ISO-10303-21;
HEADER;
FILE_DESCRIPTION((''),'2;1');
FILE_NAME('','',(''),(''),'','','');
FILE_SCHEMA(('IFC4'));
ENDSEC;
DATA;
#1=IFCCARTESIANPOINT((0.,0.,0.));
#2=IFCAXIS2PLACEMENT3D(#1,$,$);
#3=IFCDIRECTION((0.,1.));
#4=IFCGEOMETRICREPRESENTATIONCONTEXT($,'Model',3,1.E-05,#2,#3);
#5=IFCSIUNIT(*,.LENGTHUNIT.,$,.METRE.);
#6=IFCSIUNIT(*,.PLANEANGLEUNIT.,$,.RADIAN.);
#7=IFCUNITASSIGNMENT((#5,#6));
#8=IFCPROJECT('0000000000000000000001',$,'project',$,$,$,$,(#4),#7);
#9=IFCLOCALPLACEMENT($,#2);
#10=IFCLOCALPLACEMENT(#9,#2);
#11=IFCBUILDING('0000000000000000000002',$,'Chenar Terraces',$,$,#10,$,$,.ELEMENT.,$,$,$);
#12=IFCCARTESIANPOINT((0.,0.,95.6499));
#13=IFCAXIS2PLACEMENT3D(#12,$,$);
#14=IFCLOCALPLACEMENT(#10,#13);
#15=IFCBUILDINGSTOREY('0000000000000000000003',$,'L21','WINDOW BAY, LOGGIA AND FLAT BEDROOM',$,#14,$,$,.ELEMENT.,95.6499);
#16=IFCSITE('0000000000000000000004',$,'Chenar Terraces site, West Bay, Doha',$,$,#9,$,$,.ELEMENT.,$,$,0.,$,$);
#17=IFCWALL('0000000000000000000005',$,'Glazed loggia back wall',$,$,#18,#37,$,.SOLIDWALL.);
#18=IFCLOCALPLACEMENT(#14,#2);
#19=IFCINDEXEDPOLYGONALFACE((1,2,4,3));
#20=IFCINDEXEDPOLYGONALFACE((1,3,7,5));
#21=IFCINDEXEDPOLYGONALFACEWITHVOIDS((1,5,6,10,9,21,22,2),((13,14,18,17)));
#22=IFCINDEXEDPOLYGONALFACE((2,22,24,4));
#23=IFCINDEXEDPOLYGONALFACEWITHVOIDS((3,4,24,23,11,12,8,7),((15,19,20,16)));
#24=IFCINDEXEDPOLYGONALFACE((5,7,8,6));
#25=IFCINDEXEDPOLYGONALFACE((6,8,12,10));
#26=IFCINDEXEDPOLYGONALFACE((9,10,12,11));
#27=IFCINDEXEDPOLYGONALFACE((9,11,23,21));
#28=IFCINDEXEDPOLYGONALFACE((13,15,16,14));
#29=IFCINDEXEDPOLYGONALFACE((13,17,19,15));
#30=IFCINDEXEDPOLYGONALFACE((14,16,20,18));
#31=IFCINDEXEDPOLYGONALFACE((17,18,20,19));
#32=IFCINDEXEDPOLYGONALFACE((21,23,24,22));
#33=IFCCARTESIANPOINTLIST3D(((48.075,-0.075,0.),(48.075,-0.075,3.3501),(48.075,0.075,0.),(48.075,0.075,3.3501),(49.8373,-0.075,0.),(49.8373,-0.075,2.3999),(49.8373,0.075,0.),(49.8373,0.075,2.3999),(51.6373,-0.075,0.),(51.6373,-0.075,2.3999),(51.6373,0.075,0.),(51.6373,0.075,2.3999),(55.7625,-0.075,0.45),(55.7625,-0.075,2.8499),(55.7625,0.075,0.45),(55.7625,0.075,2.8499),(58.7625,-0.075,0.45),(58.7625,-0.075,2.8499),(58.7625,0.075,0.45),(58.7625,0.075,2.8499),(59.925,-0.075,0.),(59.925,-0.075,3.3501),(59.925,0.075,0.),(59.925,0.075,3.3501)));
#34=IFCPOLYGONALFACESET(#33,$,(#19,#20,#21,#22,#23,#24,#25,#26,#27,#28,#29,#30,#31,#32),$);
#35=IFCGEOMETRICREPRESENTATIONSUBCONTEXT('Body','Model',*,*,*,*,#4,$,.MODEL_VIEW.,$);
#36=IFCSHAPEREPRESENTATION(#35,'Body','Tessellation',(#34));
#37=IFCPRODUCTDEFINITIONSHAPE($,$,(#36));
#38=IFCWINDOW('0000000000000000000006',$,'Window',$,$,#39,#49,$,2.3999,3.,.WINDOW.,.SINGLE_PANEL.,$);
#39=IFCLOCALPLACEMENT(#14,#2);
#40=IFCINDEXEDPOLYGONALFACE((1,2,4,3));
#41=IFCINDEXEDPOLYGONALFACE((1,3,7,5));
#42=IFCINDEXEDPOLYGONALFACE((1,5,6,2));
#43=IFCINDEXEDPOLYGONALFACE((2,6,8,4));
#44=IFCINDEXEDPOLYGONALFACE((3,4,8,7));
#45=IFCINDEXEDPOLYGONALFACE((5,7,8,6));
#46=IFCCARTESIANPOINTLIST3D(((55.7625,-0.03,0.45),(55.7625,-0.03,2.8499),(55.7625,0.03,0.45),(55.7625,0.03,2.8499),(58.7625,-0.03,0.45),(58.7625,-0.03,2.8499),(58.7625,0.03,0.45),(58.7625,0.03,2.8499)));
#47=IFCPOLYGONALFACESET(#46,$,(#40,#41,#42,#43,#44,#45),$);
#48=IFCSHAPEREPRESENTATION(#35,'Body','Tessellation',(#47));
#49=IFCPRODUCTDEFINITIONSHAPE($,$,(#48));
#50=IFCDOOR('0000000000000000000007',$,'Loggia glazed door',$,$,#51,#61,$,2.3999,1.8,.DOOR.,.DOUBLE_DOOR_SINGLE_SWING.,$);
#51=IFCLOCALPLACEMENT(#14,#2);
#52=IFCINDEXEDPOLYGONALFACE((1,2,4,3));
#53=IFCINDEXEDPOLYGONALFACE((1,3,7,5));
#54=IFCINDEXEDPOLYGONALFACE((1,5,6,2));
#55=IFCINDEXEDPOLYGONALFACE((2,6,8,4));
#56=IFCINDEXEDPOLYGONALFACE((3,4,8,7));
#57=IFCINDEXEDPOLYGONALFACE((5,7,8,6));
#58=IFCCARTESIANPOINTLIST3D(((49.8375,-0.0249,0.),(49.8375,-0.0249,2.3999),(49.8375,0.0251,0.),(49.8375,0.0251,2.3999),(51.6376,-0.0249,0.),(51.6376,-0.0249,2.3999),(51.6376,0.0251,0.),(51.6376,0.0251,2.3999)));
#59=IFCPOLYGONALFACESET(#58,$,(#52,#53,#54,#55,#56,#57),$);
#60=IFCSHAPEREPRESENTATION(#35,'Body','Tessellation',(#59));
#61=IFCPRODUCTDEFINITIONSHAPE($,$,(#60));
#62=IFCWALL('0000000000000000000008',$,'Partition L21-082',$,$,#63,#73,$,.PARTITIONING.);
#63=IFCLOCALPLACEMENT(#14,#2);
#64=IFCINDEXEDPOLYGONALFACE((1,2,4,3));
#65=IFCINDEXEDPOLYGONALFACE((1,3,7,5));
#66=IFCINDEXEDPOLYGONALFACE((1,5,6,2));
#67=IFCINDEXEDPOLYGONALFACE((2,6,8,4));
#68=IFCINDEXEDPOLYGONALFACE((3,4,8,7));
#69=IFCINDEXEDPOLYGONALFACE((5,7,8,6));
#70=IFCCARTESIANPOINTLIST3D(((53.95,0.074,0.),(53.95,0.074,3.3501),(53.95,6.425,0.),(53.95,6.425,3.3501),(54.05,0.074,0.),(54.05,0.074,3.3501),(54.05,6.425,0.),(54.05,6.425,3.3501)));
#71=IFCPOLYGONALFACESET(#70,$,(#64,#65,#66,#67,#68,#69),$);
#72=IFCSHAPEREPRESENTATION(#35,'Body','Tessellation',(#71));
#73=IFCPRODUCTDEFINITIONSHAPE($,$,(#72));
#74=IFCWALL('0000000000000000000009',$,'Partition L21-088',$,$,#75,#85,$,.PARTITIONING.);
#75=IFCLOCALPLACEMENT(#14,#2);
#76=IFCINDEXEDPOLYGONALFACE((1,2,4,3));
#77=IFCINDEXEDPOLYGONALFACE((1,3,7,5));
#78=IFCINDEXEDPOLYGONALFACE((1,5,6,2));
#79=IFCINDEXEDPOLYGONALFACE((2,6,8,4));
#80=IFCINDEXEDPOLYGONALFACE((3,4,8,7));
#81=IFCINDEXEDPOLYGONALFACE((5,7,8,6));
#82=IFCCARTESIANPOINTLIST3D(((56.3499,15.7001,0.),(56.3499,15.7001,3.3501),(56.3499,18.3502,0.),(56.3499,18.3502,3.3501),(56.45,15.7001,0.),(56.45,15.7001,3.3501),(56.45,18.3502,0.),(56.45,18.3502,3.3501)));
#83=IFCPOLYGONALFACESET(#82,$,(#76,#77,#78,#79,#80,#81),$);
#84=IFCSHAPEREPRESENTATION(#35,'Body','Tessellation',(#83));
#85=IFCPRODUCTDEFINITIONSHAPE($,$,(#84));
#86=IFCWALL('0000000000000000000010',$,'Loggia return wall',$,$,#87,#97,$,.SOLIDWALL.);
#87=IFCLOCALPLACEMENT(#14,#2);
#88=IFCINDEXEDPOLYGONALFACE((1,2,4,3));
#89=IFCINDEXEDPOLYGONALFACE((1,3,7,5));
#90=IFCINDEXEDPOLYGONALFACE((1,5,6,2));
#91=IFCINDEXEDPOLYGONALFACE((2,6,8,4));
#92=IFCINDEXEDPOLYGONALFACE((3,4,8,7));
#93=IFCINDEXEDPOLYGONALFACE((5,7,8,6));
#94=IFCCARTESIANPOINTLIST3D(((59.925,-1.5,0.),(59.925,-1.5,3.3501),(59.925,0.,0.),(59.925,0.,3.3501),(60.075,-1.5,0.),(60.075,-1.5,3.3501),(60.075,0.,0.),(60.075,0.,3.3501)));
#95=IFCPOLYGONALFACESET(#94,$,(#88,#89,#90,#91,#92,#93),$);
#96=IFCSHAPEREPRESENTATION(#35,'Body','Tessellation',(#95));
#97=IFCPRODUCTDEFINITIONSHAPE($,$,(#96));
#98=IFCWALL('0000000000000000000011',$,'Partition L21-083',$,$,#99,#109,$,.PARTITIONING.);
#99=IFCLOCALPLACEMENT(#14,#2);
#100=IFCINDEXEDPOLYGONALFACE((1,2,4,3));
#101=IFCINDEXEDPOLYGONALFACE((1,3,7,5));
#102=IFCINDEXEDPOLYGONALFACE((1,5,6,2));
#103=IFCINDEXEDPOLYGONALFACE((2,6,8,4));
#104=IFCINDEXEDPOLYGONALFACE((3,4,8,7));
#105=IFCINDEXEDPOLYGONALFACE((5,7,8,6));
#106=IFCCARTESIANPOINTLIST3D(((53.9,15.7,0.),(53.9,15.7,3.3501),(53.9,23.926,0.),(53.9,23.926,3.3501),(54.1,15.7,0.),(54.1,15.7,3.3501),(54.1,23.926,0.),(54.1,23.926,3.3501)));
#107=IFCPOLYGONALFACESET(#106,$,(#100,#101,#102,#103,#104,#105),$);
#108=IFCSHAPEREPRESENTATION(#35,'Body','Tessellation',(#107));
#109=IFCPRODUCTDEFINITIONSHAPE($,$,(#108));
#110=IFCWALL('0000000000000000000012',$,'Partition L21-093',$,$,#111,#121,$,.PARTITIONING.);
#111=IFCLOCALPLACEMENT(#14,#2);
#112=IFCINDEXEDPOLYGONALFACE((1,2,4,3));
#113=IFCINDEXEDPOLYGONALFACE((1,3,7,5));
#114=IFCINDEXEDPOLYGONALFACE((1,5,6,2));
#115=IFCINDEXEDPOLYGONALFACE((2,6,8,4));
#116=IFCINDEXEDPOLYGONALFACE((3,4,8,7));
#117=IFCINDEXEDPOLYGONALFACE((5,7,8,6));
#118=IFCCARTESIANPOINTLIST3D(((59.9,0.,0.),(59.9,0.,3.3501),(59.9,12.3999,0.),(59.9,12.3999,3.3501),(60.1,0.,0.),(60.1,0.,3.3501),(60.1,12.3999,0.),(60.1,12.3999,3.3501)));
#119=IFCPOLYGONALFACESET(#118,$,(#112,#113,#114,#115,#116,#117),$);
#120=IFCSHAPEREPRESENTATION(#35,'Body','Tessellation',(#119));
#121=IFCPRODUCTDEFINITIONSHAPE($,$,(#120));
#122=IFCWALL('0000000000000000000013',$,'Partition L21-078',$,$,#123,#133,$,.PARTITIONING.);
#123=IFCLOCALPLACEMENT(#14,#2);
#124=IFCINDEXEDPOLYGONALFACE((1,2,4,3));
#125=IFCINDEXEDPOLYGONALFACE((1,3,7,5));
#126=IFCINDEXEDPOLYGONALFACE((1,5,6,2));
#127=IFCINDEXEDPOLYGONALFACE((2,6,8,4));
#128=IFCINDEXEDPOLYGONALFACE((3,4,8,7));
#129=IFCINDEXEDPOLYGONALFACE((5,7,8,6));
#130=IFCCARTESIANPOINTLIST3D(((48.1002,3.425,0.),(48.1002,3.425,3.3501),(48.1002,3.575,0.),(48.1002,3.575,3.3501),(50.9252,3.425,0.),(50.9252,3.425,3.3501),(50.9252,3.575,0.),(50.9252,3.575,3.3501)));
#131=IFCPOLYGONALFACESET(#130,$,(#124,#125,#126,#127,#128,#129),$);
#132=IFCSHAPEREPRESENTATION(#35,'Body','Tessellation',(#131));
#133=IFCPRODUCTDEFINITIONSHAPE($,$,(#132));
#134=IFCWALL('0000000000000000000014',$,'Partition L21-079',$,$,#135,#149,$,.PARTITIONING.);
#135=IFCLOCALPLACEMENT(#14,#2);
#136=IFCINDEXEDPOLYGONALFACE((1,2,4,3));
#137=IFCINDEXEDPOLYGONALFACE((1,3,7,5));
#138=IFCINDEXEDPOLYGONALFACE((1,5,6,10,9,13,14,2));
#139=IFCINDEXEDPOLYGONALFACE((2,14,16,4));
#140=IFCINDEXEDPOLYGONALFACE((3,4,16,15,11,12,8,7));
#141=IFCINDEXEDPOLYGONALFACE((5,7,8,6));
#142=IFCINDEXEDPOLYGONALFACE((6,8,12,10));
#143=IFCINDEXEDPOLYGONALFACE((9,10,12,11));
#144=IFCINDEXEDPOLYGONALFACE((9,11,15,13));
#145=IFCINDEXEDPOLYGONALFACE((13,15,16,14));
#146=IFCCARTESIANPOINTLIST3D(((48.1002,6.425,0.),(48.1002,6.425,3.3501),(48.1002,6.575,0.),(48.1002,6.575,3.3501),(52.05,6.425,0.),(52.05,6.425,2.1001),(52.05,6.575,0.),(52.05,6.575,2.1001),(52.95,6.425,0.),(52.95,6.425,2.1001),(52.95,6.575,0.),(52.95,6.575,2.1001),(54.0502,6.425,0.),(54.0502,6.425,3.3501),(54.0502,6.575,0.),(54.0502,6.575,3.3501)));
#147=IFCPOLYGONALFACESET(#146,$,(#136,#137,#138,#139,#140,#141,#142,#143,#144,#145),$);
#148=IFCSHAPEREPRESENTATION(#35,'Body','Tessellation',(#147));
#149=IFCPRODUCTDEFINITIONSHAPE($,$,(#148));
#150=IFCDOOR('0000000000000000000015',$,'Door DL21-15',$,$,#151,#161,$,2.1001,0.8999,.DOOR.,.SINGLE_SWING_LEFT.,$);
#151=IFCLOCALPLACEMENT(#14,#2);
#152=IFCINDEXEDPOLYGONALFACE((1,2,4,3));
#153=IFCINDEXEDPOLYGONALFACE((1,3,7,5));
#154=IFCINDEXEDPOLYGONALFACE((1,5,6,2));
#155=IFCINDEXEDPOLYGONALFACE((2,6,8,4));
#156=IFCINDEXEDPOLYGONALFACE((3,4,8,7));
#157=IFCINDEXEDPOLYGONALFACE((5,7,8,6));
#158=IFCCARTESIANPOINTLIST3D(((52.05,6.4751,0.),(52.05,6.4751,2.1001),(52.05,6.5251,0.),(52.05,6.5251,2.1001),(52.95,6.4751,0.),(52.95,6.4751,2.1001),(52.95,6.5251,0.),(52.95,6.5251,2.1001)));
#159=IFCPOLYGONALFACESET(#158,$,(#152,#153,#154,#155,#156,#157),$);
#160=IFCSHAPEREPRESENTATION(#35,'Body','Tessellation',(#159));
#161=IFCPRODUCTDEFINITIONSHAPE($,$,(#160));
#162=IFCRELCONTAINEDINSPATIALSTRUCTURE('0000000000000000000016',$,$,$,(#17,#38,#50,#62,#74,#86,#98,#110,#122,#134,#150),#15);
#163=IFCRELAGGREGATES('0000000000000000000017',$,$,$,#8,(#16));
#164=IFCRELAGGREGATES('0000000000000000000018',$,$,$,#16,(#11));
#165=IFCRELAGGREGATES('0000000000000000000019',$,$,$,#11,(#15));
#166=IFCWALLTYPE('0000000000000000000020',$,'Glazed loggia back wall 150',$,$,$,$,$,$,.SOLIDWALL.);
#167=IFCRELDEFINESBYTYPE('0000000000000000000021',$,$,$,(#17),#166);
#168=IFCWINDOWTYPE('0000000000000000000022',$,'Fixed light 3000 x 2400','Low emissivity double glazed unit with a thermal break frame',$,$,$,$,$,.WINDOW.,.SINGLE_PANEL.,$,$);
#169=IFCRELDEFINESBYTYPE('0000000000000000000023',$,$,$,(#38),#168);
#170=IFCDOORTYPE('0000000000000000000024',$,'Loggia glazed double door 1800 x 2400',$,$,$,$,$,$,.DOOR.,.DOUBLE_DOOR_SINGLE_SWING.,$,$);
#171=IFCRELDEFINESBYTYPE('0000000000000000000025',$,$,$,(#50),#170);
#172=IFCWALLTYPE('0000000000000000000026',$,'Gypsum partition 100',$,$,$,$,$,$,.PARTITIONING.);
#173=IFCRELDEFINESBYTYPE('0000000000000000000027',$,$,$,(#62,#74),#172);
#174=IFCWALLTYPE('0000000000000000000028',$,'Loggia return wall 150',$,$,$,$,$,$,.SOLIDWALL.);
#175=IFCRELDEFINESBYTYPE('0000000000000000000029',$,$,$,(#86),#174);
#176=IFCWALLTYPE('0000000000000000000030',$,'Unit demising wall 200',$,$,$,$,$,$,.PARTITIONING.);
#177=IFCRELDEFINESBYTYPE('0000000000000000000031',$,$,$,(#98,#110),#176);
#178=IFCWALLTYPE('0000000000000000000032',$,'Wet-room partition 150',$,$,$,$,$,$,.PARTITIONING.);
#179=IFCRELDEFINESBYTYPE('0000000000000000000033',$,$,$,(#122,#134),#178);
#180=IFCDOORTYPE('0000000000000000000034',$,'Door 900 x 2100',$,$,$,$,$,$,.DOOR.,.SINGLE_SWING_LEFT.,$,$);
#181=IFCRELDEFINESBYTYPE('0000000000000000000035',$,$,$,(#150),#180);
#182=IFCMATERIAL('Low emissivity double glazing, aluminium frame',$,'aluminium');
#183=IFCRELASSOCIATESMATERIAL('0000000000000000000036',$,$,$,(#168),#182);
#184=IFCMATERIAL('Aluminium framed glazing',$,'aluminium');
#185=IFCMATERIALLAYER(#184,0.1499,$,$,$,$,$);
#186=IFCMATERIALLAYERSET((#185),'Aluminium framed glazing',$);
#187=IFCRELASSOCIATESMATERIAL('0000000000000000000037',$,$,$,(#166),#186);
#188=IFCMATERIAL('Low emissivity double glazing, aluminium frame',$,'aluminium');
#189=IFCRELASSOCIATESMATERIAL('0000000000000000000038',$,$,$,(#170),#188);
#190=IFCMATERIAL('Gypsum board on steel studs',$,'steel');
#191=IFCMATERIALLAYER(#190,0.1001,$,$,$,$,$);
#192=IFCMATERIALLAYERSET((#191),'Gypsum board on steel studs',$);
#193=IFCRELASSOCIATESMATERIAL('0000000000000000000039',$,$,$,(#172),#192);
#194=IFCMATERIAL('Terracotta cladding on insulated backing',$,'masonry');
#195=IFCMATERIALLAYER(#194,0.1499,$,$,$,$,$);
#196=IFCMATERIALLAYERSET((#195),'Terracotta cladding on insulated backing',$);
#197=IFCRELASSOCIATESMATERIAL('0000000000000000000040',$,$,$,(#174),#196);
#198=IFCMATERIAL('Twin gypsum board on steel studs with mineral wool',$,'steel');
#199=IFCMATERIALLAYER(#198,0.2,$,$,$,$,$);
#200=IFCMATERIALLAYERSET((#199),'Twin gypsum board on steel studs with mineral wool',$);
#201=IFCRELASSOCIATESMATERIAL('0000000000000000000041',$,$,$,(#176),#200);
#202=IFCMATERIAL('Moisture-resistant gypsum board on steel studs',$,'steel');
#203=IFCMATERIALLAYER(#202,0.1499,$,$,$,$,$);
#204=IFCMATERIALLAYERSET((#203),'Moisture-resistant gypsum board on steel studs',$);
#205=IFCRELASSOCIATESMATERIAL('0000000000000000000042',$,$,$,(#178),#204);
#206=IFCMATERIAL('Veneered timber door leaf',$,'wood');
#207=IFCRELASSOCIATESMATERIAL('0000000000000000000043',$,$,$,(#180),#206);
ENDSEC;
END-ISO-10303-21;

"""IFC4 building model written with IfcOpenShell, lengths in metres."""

from ifc_helpers import new_model, si_unit, direction, frame, frame_2d, origin, place, context, subcontext, project, spatial, rectangle, extrude, material, layer, layer_set, type_object, element, fill, save


model = new_model("IFC4")

# Units and contexts
model_context = context("Model", 3, precision=1e-05, world=origin(), true_north=direction((0.0, 1.0)))
body_context = subcontext(model_context, "Body", "Model", "MODEL_VIEW")
ifc_project = project(units=[si_unit("LENGTHUNIT", "METRE"), si_unit("PLANEANGLEUNIT", "RADIAN")], contexts=[model_context])

# Site, building, storey
site_placement = place(None, origin())
site = spatial("IfcSite", under=ifc_project, at=site_placement, Name="Chenar Terraces site, West Bay, Doha", CompositionType="ELEMENT", RefElevation=0.0)
building_placement = place(site_placement, origin())
building = spatial("IfcBuilding", under=site, at=building_placement, Name="Chenar Terraces", CompositionType="ELEMENT")
storey_placement = place(building_placement, frame((0.0, 0.0, 95.6499)))
storey = spatial("IfcBuildingStorey", under=building, at=storey_placement, Name="L21", Description="WINDOW BAY, LOGGIA AND FLAT BEDROOM", CompositionType="ELEMENT", Elevation=95.6499)

# Shared definitions
ifc_material_1 = material(Name="Low emissivity double glazing, aluminium frame", Category="aluminium")
window_type = type_object("IfcWindowType", Name="Fixed light 3000 x 2400", Description="Low emissivity double glazed unit with a thermal break frame", PartitioningType="SINGLE_PANEL", PredefinedType="WINDOW", material=ifc_material_1)

# Wall, openings, window, door
ifc_material_2 = material(Name="Aluminium framed glazing", Category="aluminium")
ifc_layer_1 = layer(ifc_material_2, 0.1499)
ifc_layer_set_1 = layer_set([ifc_layer_1], Name="Aluminium framed glazing")
wall_type_1 = type_object("IfcWallType", Name="Glazed loggia back wall 150", PredefinedType="SOLIDWALL", material=ifc_layer_set_1)
wall_1_placement = place(storey_placement, frame((48.075, 0.0, 0.0), z_axis=(0.0, 0.0, 1.0), x_axis=(1.0, 0.0, 0.0)))
wall_1 = element("IfcWall", 1, at=wall_1_placement, inside=storey, type_object=wall_type_1, Name="Glazed loggia back wall", PredefinedType="SOLIDWALL", context=body_context, shape_type="SweptSolid", body=[
    extrude(rectangle(XDim=11.8501, YDim=0.1499, at=frame_2d((5.925, 0.0))), origin(), (0.0, 0.0, 1.0), 3.3501),
])
opening_1_placement = place(wall_1_placement, frame((1.7625, 0.0, 0.0)))
opening_1 = element("IfcOpeningElement", 2, at=opening_1_placement, cuts=wall_1, PredefinedType="OPENING", context=body_context, shape_type="SweptSolid", body=[
    extrude(rectangle(XDim=1.8, YDim=2.3999, at=frame_2d((0.8999, 1.2))), frame((0.0, 0.085, 0.0), z_axis=(0.0, -1.0, 0.0), x_axis=(1.0, 0.0, 0.0)), (0.0, 0.0, 1.0), 0.1699),
])
opening_2_placement = place(wall_1_placement, frame((7.6875, 0.0, 0.45)))
opening_2 = element("IfcOpeningElement", 3, at=opening_2_placement, cuts=wall_1, PredefinedType="OPENING", context=body_context, shape_type="SweptSolid", body=[
    extrude(rectangle(XDim=3.0, YDim=2.3999, at=frame_2d((1.5, 1.2))), frame((0.0, 0.085, 0.0), z_axis=(0.0, -1.0, 0.0), x_axis=(1.0, 0.0, 0.0)), (0.0, 0.0, 1.0), 0.1699),
])
window_1_placement = place(opening_2_placement, origin())
window_1 = element("IfcWindow", 4, at=window_1_placement, inside=storey, type_object=window_type, Name="Window", OverallHeight=2.3999, OverallWidth=3.0, PartitioningType="SINGLE_PANEL", PredefinedType="WINDOW", context=body_context, shape_type="SweptSolid", body=[
    extrude(rectangle(XDim=3.0, YDim=2.3999, at=frame_2d((1.5, 1.2))), frame((0.0, 0.03, 0.0), z_axis=(0.0, -1.0, 0.0), x_axis=(1.0, 0.0, 0.0)), (0.0, 0.0, 1.0), 0.0601),
])
fill(opening_2, window_1)
ifc_material_3 = material(Name="Low emissivity double glazing, aluminium frame", Category="aluminium")
door_type_1 = type_object("IfcDoorType", Name="Loggia glazed double door 1800 x 2400", OperationType="DOUBLE_DOOR_SINGLE_SWING", PredefinedType="DOOR", material=ifc_material_3)
door_1_placement = place(opening_1_placement, frame((1.8, 0.0, 0.0), z_axis=(0.0, 0.0, 1.0), x_axis=(-1.0, 0.0, 0.0)))
door_1 = element("IfcDoor", 5, at=door_1_placement, inside=storey, type_object=door_type_1, Name="Loggia glazed door", OperationType="DOUBLE_DOOR_SINGLE_SWING", OverallHeight=2.3999, OverallWidth=1.8, PredefinedType="DOOR", context=body_context, shape_type="SweptSolid", body=[
    extrude(rectangle(XDim=1.8, YDim=2.3999, at=frame_2d((0.8999, 1.2))), frame((0.0, 0.0249, 0.0), z_axis=(0.0, -1.0, 0.0), x_axis=(1.0, 0.0, 0.0)), (0.0, 0.0, 1.0), 0.05),
])
fill(opening_1, door_1)

# Walls
ifc_material_4 = material(Name="Gypsum board on steel studs", Category="steel")
ifc_layer_2 = layer(ifc_material_4, 0.1001)
ifc_layer_set_2 = layer_set([ifc_layer_2], Name="Gypsum board on steel studs")
wall_type_2 = type_object("IfcWallType", Name="Gypsum partition 100", PredefinedType="PARTITIONING", material=ifc_layer_set_2)
wall_2_placement = place(storey_placement, frame((54.0, 0.074, 0.0), z_axis=(0.0, 0.0, 1.0), x_axis=(0.0, 1.0, 0.0)))
element("IfcWall", 6, at=wall_2_placement, inside=storey, type_object=wall_type_2, Name="Partition L21-082", PredefinedType="PARTITIONING", context=body_context, shape_type="SweptSolid", body=[
    extrude(rectangle(XDim=6.3511, YDim=0.1001, at=frame_2d((3.1755, 0.0))), origin(), (0.0, 0.0, 1.0), 3.3501),
])
wall_3_placement = place(storey_placement, frame((56.3999, 15.7, 0.0), z_axis=(0.0, 0.0, 1.0), x_axis=(0.0, 1.0, 0.0)))
element("IfcWall", 7, at=wall_3_placement, inside=storey, type_object=wall_type_2, Name="Partition L21-088", PredefinedType="PARTITIONING", context=body_context, shape_type="SweptSolid", body=[
    extrude(rectangle(XDim=2.6501, YDim=0.1001, at=frame_2d((1.3252, 0.0))), origin(), (0.0, 0.0, 1.0), 3.3501),
])
ifc_material_5 = material(Name="Terracotta cladding on insulated backing", Category="masonry")
ifc_layer_3 = layer(ifc_material_5, 0.1499)
ifc_layer_set_3 = layer_set([ifc_layer_3], Name="Terracotta cladding on insulated backing")
wall_type_3 = type_object("IfcWallType", Name="Loggia return wall 150", PredefinedType="SOLIDWALL", material=ifc_layer_set_3)
wall_4_placement = place(storey_placement, frame((60.0, -1.5, 0.0), z_axis=(0.0, 0.0, 1.0), x_axis=(0.0, 1.0, 0.0)))
element("IfcWall", 8, at=wall_4_placement, inside=storey, type_object=wall_type_3, Name="Loggia return wall", PredefinedType="SOLIDWALL", context=body_context, shape_type="SweptSolid", body=[
    extrude(rectangle(XDim=1.5, YDim=0.1499, at=frame_2d((0.75, 0.0))), origin(), (0.0, 0.0, 1.0), 3.3501),
])
ifc_material_6 = material(Name="Twin gypsum board on steel studs with mineral wool", Category="steel")
ifc_layer_4 = layer(ifc_material_6, 0.2)
ifc_layer_set_4 = layer_set([ifc_layer_4], Name="Twin gypsum board on steel studs with mineral wool")
wall_type_4 = type_object("IfcWallType", Name="Unit demising wall 200", PredefinedType="PARTITIONING", material=ifc_layer_set_4)
wall_5_placement = place(storey_placement, frame((54.0, 15.7, 0.0), z_axis=(0.0, 0.0, 1.0), x_axis=(0.0, 1.0, 0.0)))
element("IfcWall", 9, at=wall_5_placement, inside=storey, type_object=wall_type_4, Name="Partition L21-083", PredefinedType="PARTITIONING", context=body_context, shape_type="SweptSolid", body=[
    extrude(rectangle(XDim=8.2261, YDim=0.2, at=frame_2d((4.113, 0.0))), origin(), (0.0, 0.0, 1.0), 3.3501),
])
wall_6_placement = place(storey_placement, frame((60.0, 0.0, 0.0), z_axis=(0.0, 0.0, 1.0), x_axis=(0.0, 1.0, 0.0)))
element("IfcWall", 10, at=wall_6_placement, inside=storey, type_object=wall_type_4, Name="Partition L21-093", PredefinedType="PARTITIONING", context=body_context, shape_type="SweptSolid", body=[
    extrude(rectangle(XDim=12.3999, YDim=0.2, at=frame_2d((6.2, 0.0))), origin(), (0.0, 0.0, 1.0), 3.3501),
])
ifc_material_7 = material(Name="Moisture-resistant gypsum board on steel studs", Category="steel")
ifc_layer_5 = layer(ifc_material_7, 0.1499)
ifc_layer_set_5 = layer_set([ifc_layer_5], Name="Moisture-resistant gypsum board on steel studs")
wall_type_5 = type_object("IfcWallType", Name="Wet-room partition 150", PredefinedType="PARTITIONING", material=ifc_layer_set_5)
wall_7_placement = place(storey_placement, frame((48.1001, 3.5, 0.0), z_axis=(0.0, 0.0, 1.0), x_axis=(1.0, 0.0, 0.0)))
element("IfcWall", 11, at=wall_7_placement, inside=storey, type_object=wall_type_5, Name="Partition L21-078", PredefinedType="PARTITIONING", context=body_context, shape_type="SweptSolid", body=[
    extrude(rectangle(XDim=2.825, YDim=0.1499, at=frame_2d((1.4126, 0.0))), origin(), (0.0, 0.0, 1.0), 3.3501),
])

# Wall, opening, door
wall_8_placement = place(storey_placement, frame((48.1001, 6.5, 0.0), z_axis=(0.0, 0.0, 1.0), x_axis=(1.0, 0.0, 0.0)))
wall_8 = element("IfcWall", 12, at=wall_8_placement, inside=storey, type_object=wall_type_5, Name="Partition L21-079", PredefinedType="PARTITIONING", context=body_context, shape_type="SweptSolid", body=[
    extrude(rectangle(XDim=5.95, YDim=0.1499, at=frame_2d((2.9751, 0.0))), origin(), (0.0, 0.0, 1.0), 3.3501),
])
opening_3_placement = place(wall_8_placement, frame((3.95, 0.0, 0.0)))
opening_3 = element("IfcOpeningElement", 13, at=opening_3_placement, cuts=wall_8, PredefinedType="OPENING", context=body_context, shape_type="SweptSolid", body=[
    extrude(rectangle(XDim=0.8999, YDim=2.1001, at=frame_2d((0.45, 1.05))), frame((0.0, 0.085, 0.0), z_axis=(0.0, -1.0, 0.0), x_axis=(1.0, 0.0, 0.0)), (0.0, 0.0, 1.0), 0.1699),
])
ifc_material_8 = material(Name="Veneered timber door leaf", Category="wood")
door_type_2 = type_object("IfcDoorType", Name="Door 900 x 2100", OperationType="SINGLE_SWING_LEFT", PredefinedType="DOOR", material=ifc_material_8)
door_2_placement = place(opening_3_placement, frame((0.8999, 0.0, 0.0), z_axis=(0.0, 0.0, 1.0), x_axis=(-1.0, 0.0, 0.0)))
door_2 = element("IfcDoor", 14, at=door_2_placement, inside=storey, type_object=door_type_2, Name="Door DL21-15", OperationType="SINGLE_SWING_LEFT", OverallHeight=2.1001, OverallWidth=0.8999, PredefinedType="DOOR", context=body_context, shape_type="SweptSolid", body=[
    extrude(rectangle(XDim=0.8999, YDim=2.1001, at=frame_2d((0.45, 1.05))), frame((0.0, 0.0249, 0.0), z_axis=(0.0, -1.0, 0.0), x_axis=(1.0, 0.0, 0.0)), (0.0, 0.0, 1.0), 0.05),
])
fill(opening_3, door_2)

save(model, "model.ifc")
